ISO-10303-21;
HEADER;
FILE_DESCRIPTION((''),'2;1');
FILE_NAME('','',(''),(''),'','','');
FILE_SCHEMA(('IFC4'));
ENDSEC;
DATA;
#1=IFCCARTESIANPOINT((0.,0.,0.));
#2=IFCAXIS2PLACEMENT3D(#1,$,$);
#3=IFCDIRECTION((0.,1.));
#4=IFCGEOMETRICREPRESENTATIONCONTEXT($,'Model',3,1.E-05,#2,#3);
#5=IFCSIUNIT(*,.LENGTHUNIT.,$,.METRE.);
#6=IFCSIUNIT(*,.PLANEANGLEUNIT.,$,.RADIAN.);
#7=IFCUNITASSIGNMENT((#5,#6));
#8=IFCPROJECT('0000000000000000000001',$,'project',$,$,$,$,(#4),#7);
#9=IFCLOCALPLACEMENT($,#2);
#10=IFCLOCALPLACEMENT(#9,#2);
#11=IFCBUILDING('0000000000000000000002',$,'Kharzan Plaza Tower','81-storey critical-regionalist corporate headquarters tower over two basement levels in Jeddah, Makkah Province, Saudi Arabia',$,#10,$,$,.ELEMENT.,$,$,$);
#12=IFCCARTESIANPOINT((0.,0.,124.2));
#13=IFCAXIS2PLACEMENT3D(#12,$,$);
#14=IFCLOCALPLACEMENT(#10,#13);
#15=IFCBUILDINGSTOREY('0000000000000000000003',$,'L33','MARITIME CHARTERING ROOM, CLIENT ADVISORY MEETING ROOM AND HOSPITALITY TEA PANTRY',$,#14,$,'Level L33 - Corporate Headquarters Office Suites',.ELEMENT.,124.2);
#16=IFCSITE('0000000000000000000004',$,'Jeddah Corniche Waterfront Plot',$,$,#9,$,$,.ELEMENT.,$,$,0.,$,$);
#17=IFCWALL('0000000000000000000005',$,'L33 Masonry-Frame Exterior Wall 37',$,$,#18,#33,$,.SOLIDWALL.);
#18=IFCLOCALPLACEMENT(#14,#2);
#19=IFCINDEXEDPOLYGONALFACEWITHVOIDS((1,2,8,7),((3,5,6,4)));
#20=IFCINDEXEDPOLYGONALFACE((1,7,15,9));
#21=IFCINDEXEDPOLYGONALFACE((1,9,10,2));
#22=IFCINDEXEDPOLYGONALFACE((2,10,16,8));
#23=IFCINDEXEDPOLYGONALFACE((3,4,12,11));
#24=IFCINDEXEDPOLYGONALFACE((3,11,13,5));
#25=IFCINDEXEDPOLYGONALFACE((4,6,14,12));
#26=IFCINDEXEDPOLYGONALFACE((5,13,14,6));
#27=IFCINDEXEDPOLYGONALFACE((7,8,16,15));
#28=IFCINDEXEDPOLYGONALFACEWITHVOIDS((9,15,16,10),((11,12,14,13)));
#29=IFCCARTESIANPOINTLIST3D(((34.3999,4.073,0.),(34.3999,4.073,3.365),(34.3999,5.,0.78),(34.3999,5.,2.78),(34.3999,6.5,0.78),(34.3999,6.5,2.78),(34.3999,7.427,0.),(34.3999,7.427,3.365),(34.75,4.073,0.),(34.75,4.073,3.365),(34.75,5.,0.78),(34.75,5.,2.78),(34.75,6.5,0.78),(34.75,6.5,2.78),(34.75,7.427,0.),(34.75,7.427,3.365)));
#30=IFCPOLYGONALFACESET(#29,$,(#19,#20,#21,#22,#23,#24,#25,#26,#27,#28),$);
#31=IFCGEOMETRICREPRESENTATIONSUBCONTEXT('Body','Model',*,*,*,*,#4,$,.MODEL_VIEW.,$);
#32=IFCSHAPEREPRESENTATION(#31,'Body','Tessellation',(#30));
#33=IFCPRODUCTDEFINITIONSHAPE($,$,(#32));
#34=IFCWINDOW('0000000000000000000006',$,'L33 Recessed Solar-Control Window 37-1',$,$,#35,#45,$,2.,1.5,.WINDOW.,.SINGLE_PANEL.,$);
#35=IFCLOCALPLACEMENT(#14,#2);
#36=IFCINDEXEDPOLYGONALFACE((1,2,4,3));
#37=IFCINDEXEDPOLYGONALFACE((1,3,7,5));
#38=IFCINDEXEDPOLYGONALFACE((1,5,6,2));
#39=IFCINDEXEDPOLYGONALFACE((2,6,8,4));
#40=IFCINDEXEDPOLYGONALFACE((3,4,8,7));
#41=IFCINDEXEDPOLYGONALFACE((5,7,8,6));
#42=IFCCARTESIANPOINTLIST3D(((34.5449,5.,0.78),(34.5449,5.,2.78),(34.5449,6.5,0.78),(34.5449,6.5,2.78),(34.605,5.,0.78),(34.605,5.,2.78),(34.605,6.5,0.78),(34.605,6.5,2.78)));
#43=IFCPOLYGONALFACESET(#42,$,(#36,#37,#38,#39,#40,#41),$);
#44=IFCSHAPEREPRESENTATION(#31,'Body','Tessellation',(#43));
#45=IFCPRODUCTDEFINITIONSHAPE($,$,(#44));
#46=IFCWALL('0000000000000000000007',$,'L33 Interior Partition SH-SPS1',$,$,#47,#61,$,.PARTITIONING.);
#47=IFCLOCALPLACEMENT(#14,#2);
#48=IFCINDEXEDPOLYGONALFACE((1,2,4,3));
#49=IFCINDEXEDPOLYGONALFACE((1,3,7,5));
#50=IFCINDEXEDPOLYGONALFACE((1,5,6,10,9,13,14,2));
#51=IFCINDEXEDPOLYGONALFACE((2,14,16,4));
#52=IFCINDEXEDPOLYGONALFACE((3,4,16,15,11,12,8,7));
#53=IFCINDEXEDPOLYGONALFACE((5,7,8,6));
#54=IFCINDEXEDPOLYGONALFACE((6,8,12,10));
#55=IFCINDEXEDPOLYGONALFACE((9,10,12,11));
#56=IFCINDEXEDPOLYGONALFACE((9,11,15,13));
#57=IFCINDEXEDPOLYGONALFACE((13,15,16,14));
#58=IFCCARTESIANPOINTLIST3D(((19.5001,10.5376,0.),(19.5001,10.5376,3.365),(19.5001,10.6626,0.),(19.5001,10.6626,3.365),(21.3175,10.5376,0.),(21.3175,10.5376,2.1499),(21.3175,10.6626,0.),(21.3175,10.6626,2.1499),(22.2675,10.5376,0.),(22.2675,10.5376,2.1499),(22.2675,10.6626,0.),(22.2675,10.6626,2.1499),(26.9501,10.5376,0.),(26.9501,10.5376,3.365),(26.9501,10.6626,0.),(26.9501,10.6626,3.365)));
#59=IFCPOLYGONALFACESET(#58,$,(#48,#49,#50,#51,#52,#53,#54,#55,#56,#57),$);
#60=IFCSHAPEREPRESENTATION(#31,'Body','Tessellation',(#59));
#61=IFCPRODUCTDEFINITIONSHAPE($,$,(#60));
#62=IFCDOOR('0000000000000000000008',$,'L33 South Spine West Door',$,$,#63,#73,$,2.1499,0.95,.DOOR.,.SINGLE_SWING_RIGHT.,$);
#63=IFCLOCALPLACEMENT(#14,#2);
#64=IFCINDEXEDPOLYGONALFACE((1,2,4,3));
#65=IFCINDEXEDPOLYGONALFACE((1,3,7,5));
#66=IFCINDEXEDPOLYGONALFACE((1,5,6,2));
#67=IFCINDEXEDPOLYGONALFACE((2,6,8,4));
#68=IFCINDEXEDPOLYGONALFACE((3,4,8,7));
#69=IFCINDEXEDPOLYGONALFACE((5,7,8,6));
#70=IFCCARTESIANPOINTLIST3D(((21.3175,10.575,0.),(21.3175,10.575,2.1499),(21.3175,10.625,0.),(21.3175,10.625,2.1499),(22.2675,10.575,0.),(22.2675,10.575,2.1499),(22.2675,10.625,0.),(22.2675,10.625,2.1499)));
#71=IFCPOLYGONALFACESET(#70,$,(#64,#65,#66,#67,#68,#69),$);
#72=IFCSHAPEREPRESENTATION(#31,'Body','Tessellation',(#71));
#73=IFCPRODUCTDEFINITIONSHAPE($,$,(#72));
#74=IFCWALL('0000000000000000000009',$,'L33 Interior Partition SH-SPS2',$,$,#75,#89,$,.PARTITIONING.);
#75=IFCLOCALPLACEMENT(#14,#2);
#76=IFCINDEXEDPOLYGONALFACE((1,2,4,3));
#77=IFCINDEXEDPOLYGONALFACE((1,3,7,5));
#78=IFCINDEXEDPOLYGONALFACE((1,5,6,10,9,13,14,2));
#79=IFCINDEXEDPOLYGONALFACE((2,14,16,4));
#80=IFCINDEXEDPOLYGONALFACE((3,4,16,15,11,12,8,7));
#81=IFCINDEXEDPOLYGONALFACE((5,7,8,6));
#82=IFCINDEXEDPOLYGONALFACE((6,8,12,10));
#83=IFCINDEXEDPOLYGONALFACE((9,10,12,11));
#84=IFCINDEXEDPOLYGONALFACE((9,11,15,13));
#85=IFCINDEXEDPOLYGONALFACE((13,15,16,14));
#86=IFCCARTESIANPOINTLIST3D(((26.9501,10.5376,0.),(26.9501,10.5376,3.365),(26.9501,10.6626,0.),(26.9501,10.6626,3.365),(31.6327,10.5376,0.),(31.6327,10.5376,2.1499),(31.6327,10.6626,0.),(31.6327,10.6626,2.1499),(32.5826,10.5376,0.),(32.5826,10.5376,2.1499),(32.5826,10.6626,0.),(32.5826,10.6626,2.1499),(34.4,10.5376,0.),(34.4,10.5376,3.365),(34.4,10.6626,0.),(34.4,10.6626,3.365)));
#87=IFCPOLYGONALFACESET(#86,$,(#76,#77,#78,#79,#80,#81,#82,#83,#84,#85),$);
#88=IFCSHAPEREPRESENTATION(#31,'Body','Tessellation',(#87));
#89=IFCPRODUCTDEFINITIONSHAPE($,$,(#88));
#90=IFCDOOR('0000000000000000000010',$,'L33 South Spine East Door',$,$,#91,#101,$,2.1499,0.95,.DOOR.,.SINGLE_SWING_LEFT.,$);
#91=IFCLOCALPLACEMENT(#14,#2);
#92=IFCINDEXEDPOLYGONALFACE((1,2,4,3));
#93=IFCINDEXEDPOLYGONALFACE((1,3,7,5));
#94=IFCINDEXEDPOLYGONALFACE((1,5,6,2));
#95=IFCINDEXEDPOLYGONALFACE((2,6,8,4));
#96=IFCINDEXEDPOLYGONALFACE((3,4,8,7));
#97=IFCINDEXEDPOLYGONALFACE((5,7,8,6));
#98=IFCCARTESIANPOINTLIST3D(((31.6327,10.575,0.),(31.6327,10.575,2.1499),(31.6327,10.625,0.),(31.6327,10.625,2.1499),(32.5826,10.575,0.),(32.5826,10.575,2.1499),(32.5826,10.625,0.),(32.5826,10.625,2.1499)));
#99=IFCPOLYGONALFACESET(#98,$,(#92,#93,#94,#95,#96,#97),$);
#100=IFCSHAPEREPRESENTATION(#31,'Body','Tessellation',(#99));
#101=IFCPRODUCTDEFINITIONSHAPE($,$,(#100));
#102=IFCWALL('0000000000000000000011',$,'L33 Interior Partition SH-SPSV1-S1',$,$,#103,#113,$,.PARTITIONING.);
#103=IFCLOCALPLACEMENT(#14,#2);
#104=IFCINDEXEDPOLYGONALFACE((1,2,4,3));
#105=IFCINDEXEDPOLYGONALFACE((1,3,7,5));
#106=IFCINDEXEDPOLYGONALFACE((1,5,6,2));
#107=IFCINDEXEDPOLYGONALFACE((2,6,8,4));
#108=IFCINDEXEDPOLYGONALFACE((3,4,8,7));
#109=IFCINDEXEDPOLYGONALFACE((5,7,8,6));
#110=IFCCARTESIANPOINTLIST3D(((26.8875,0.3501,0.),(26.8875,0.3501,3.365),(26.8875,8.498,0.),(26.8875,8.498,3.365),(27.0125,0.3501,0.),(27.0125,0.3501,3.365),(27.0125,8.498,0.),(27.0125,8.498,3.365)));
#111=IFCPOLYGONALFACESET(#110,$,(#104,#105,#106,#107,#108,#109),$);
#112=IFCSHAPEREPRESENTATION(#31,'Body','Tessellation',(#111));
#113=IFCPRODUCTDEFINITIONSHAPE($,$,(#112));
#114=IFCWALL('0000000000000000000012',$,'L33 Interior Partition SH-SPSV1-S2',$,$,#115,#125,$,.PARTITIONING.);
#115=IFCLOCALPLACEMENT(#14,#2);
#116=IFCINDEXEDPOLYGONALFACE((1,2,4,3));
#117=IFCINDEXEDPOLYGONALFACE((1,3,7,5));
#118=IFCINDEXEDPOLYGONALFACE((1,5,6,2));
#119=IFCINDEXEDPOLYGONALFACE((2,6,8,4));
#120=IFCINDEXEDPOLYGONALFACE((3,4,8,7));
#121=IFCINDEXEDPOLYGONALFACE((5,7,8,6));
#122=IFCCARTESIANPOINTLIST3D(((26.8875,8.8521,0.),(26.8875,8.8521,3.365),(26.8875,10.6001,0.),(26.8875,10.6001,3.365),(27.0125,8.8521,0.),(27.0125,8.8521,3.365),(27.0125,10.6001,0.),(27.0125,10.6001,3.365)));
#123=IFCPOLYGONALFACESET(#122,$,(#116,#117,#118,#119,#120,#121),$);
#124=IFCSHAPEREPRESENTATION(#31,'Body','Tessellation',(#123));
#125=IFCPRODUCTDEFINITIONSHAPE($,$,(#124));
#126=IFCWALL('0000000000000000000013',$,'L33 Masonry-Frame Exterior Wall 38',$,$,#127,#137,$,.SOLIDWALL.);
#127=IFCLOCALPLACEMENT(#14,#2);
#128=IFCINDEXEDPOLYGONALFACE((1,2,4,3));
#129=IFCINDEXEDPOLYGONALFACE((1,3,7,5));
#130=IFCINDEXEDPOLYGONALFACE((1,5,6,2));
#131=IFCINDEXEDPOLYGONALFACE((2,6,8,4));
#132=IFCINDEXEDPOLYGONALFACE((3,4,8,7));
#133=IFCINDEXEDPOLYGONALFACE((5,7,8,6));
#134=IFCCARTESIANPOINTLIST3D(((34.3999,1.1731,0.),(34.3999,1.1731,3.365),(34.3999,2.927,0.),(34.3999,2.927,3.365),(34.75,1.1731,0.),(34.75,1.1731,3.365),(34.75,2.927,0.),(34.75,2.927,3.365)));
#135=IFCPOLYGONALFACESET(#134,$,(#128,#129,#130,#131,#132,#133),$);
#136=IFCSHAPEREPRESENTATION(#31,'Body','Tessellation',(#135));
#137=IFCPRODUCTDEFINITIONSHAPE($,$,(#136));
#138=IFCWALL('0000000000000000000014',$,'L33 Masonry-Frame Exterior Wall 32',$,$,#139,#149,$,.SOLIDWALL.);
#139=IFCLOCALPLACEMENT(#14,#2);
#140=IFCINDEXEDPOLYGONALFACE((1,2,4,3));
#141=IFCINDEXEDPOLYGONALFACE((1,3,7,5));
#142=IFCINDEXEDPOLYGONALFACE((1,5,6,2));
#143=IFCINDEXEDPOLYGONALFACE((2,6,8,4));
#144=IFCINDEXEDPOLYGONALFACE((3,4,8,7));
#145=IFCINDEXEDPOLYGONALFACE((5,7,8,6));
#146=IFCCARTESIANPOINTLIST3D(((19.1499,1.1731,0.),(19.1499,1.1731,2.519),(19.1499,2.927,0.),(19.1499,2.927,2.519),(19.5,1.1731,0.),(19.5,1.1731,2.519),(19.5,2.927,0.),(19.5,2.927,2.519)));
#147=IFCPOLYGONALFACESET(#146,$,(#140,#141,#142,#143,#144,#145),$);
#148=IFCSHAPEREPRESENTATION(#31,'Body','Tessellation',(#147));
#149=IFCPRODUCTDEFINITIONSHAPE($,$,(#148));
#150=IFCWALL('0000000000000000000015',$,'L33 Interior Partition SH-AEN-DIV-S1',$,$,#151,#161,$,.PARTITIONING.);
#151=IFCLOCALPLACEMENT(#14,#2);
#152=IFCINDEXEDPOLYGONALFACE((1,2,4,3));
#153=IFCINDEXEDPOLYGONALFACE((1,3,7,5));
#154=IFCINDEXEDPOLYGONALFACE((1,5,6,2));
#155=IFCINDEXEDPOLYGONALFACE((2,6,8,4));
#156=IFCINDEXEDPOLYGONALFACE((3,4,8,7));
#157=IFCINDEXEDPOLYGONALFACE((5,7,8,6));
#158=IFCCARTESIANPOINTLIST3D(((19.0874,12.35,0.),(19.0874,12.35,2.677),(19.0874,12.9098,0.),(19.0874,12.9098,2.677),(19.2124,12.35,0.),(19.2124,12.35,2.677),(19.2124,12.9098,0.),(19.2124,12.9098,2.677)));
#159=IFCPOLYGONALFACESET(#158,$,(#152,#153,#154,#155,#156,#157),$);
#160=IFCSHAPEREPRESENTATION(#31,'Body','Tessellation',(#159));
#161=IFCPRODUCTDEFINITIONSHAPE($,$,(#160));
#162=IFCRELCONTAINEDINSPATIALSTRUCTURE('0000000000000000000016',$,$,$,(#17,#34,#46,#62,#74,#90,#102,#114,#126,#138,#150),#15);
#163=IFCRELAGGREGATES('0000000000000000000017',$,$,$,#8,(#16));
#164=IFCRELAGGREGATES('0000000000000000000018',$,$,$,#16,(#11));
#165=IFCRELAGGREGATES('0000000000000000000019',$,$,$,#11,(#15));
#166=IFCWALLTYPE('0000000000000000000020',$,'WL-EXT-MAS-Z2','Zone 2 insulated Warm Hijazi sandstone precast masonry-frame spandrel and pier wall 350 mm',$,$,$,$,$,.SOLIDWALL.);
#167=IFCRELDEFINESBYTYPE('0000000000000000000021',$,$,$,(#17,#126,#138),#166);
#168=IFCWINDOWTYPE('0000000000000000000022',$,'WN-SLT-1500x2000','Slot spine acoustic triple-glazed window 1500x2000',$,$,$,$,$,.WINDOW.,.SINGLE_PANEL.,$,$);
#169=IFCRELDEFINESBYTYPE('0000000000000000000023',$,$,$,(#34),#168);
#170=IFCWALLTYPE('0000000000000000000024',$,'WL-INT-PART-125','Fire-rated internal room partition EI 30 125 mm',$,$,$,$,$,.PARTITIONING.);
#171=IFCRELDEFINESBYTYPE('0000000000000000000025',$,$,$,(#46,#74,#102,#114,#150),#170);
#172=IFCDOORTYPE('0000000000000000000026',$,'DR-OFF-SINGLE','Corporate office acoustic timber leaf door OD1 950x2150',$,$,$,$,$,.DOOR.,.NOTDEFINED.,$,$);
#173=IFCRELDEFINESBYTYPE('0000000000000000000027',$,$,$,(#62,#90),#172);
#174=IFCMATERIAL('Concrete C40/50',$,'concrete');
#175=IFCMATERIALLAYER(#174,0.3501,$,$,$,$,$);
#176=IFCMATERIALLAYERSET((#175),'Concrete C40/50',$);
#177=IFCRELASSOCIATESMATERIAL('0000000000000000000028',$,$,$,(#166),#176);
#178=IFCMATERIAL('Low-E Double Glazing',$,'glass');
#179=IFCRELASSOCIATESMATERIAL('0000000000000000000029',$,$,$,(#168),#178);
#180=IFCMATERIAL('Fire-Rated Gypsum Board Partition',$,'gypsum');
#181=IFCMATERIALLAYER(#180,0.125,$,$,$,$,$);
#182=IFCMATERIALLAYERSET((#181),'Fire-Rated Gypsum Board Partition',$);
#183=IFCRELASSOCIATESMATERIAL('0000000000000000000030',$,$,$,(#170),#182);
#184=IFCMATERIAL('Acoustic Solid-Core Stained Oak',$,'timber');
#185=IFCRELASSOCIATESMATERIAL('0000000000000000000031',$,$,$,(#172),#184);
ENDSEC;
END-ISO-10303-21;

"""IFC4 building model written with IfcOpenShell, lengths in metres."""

from ifc_helpers import new_model, si_unit, direction, frame, frame_2d, origin, place, context, subcontext, project, spatial, rectangle, extrude, source, transform, mapped, material, layer, layer_set, type_object, element, fill, save


model = new_model("IFC4")

# Units and contexts
model_context = context("Model", 3, precision=1e-05, world=origin(), true_north=direction((0.0, 1.0)))
body_context = subcontext(model_context, "Body", "Model", "MODEL_VIEW")
ifc_project = project(units=[si_unit("LENGTHUNIT", "METRE"), si_unit("PLANEANGLEUNIT", "RADIAN")], contexts=[model_context])

# Site, building, storey
site_placement = place(None, origin())
site = spatial("IfcSite", under=ifc_project, at=site_placement, Name="Jeddah Corniche Waterfront Plot", CompositionType="ELEMENT", RefElevation=0.0)
building_placement = place(site_placement, origin())
building = spatial("IfcBuilding", under=site, at=building_placement, Name="Kharzan Plaza Tower", Description="81-storey critical-regionalist corporate headquarters tower over two basement levels in Jeddah, Makkah Province, Saudi Arabia", CompositionType="ELEMENT")
storey_placement = place(building_placement, frame((0.0, 0.0, 124.2)))
storey = spatial("IfcBuildingStorey", under=building, at=storey_placement, Name="L33", Description="MARITIME CHARTERING ROOM, CLIENT ADVISORY MEETING ROOM AND HOSPITALITY TEA PANTRY", LongName="Level L33 - Corporate Headquarters Office Suites", CompositionType="ELEMENT", Elevation=124.2)

# Shared definitions
ifc_material_1 = material(Name="Concrete C40/50", Category="concrete")
ifc_layer_1 = layer(ifc_material_1, 0.3501)
ifc_layer_set_1 = layer_set([ifc_layer_1], Name="Concrete C40/50")
wall_type_1 = type_object("IfcWallType", Name="WL-EXT-MAS-Z2", Description="Zone 2 insulated Warm Hijazi sandstone precast masonry-frame spandrel and pier wall 350 mm", PredefinedType="SOLIDWALL", material=ifc_layer_set_1)
ifc_material_2 = material(Name="Low-E Double Glazing", Category="glass")
window_type = type_object("IfcWindowType", Name="WN-SLT-1500x2000", Description="Slot spine acoustic triple-glazed window 1500x2000", PartitioningType="SINGLE_PANEL", PredefinedType="WINDOW", material=ifc_material_2)
shared_shape_1 = source(origin(), body_context, "Body", "SweptSolid", [
    extrude(rectangle(XDim=1.5, YDim=2.0, at=frame_2d((0.75, 1.0))), frame((0.0, 0.03, 0.0), z_axis=(0.0, -1.0, 0.0), x_axis=(1.0, 0.0, 0.0)), (0.0, 0.0, 1.0), 0.0601),
])

# Wall, opening, window
wall_1_placement = place(storey_placement, frame((34.575, 7.427, 0.0), z_axis=(0.0, 0.0, 1.0), x_axis=(0.0, -1.0, 0.0)))
wall_1 = element("IfcWall", 1, at=wall_1_placement, inside=storey, type_object=wall_type_1, Name="L33 Masonry-Frame Exterior Wall 37", PredefinedType="SOLIDWALL", context=body_context, shape_type="SweptSolid", body=[
    extrude(rectangle(XDim=3.354, YDim=0.3501, at=frame_2d((1.677, 0.0))), origin(), (0.0, 0.0, 1.0), 3.365),
])
opening_1_placement = place(wall_1_placement, frame((0.927, 0.0, 0.78)))
opening_1 = element("IfcOpeningElement", 2, at=opening_1_placement, cuts=wall_1, PredefinedType="OPENING", context=body_context, shape_type="SweptSolid", body=[
    extrude(rectangle(XDim=1.5, YDim=2.0, at=frame_2d((0.75, 1.0))), frame((0.0, 0.1851, 0.0), z_axis=(0.0, -1.0, 0.0), x_axis=(1.0, 0.0, 0.0)), (0.0, 0.0, 1.0), 0.3701),
])
window_1_placement = place(opening_1_placement, origin())
window_1 = element("IfcWindow", 3, at=window_1_placement, inside=storey, type_object=window_type, Name="L33 Recessed Solar-Control Window 37-1", OverallHeight=2.0, OverallWidth=1.5, PartitioningType="SINGLE_PANEL", PredefinedType="WINDOW", context=body_context, shape_type="MappedRepresentation", body=[
    mapped(shared_shape_1, transform((0.0, 0.0, 0.0), x_axis=(1.0, 0.0, 0.0), y_axis=(0.0, 1.0, 0.0), z_axis=(0.0, 0.0, 1.0))),
])
fill(opening_1, window_1)

# Walls, openings, doors
ifc_material_3 = material(Name="Fire-Rated Gypsum Board Partition", Category="gypsum")
ifc_layer_2 = layer(ifc_material_3, 0.125)
ifc_layer_set_2 = layer_set([ifc_layer_2], Name="Fire-Rated Gypsum Board Partition")
wall_type_2 = type_object("IfcWallType", Name="WL-INT-PART-125", Description="Fire-rated internal room partition EI 30 125 mm", PredefinedType="PARTITIONING", material=ifc_layer_set_2)
wall_2_placement = place(storey_placement, frame((19.5, 10.6001, 0.0), z_axis=(0.0, 0.0, 1.0), x_axis=(1.0, 0.0, 0.0)))
wall_2 = element("IfcWall", 4, at=wall_2_placement, inside=storey, type_object=wall_type_2, Name="L33 Interior Partition SH-SPS1", PredefinedType="PARTITIONING", context=body_context, shape_type="SweptSolid", body=[
    extrude(rectangle(XDim=7.45, YDim=0.125, at=frame_2d((3.7251, 0.0))), origin(), (0.0, 0.0, 1.0), 3.365),
])
opening_2_placement = place(wall_2_placement, frame((1.8174, 0.0, 0.0)))
opening_2 = element("IfcOpeningElement", 5, at=opening_2_placement, cuts=wall_2, PredefinedType="OPENING", context=body_context, shape_type="SweptSolid", body=[
    extrude(rectangle(XDim=0.95, YDim=2.1499, at=frame_2d((0.4751, 1.075))), frame((0.0, 0.0725, 0.0), z_axis=(0.0, -1.0, 0.0), x_axis=(1.0, 0.0, 0.0)), (0.0, 0.0, 1.0), 0.145),
])
ifc_material_4 = material(Name="Acoustic Solid-Core Stained Oak", Category="timber")
door_type = type_object("IfcDoorType", Name="DR-OFF-SINGLE", Description="Corporate office acoustic timber leaf door OD1 950x2150", OperationType="NOTDEFINED", PredefinedType="DOOR", material=ifc_material_4)
shared_shape_2 = source(origin(), body_context, "Body", "SweptSolid", [
    extrude(rectangle(XDim=0.95, YDim=2.1499, at=frame_2d((0.4751, 1.075))), frame((0.0, 0.0249, 0.0), z_axis=(0.0, -1.0, 0.0), x_axis=(1.0, 0.0, 0.0)), (0.0, 0.0, 1.0), 0.05),
])
door_1_placement = place(opening_2_placement, origin())
door_1 = element("IfcDoor", 6, at=door_1_placement, inside=storey, type_object=door_type, Name="L33 South Spine West Door", OperationType="SINGLE_SWING_RIGHT", OverallHeight=2.1499, OverallWidth=0.95, PredefinedType="DOOR", context=body_context, shape_type="MappedRepresentation", body=[
    mapped(shared_shape_2, transform((0.0, 0.0, 0.0), x_axis=(1.0, 0.0, 0.0), y_axis=(0.0, 1.0, 0.0), z_axis=(0.0, 0.0, 1.0))),
])
fill(opening_2, door_1)
wall_3_placement = place(storey_placement, frame((26.95, 10.6001, 0.0), z_axis=(0.0, 0.0, 1.0), x_axis=(1.0, 0.0, 0.0)))
wall_3 = element("IfcWall", 7, at=wall_3_placement, inside=storey, type_object=wall_type_2, Name="L33 Interior Partition SH-SPS2", PredefinedType="PARTITIONING", context=body_context, shape_type="SweptSolid", body=[
    extrude(rectangle(XDim=7.45, YDim=0.125, at=frame_2d((3.7251, 0.0))), origin(), (0.0, 0.0, 1.0), 3.365),
])
opening_3_placement = place(wall_3_placement, frame((4.6826, 0.0, 0.0)))
opening_3 = element("IfcOpeningElement", 8, at=opening_3_placement, cuts=wall_3, PredefinedType="OPENING", context=body_context, shape_type="SweptSolid", body=[
    extrude(rectangle(XDim=0.95, YDim=2.1499, at=frame_2d((0.4751, 1.075))), frame((0.0, 0.0725, 0.0), z_axis=(0.0, -1.0, 0.0), x_axis=(1.0, 0.0, 0.0)), (0.0, 0.0, 1.0), 0.145),
])
door_2_placement = place(opening_3_placement, origin())
door_2 = element("IfcDoor", 9, at=door_2_placement, inside=storey, type_object=door_type, Name="L33 South Spine East Door", OperationType="SINGLE_SWING_LEFT", OverallHeight=2.1499, OverallWidth=0.95, PredefinedType="DOOR", context=body_context, shape_type="MappedRepresentation", body=[
    mapped(shared_shape_2, transform((0.0, 0.0, 0.0), x_axis=(1.0, 0.0, 0.0), y_axis=(0.0, 1.0, 0.0), z_axis=(0.0, 0.0, 1.0))),
])
fill(opening_3, door_2)

# Walls
shared_shape_3 = source(origin(), body_context, "Body", "SweptSolid", [
    extrude(rectangle(XDim=8.1479, YDim=0.125, at=frame_2d((4.074, 0.0))), origin(), (0.0, 0.0, 1.0), 3.365),
])
wall_4_placement = place(storey_placement, frame((26.95, 0.3501, 0.0), z_axis=(0.0, 0.0, 1.0), x_axis=(0.0, 1.0, 0.0)))
element("IfcWall", 10, at=wall_4_placement, inside=storey, type_object=wall_type_2, Name="L33 Interior Partition SH-SPSV1-S1", PredefinedType="PARTITIONING", context=body_context, shape_type="MappedRepresentation", body=[
    mapped(shared_shape_3, transform((0.0, 0.0, 0.0), x_axis=(1.0, 0.0, 0.0), y_axis=(0.0, 1.0, 0.0), z_axis=(0.0, 0.0, 1.0))),
])
shared_shape_4 = source(origin(), body_context, "Body", "SweptSolid", [
    extrude(rectangle(XDim=1.748, YDim=0.125, at=frame_2d((0.874, 0.0))), origin(), (0.0, 0.0, 1.0), 3.365),
])
wall_5_placement = place(storey_placement, frame((26.95, 8.8521, 0.0), z_axis=(0.0, 0.0, 1.0), x_axis=(0.0, 1.0, 0.0)))
element("IfcWall", 11, at=wall_5_placement, inside=storey, type_object=wall_type_2, Name="L33 Interior Partition SH-SPSV1-S2", PredefinedType="PARTITIONING", context=body_context, shape_type="MappedRepresentation", body=[
    mapped(shared_shape_4, transform((0.0, 0.0, 0.0), x_axis=(1.0, 0.0, 0.0), y_axis=(0.0, 1.0, 0.0), z_axis=(0.0, 0.0, 1.0))),
])
shared_shape_5 = source(origin(), body_context, "Body", "SweptSolid", [
    extrude(rectangle(XDim=1.7539, YDim=0.3501, at=frame_2d((0.877, 0.0))), origin(), (0.0, 0.0, 1.0), 3.365),
])
wall_6_placement = place(storey_placement, frame((34.575, 2.927, 0.0), z_axis=(0.0, 0.0, 1.0), x_axis=(0.0, -1.0, 0.0)))
element("IfcWall", 12, at=wall_6_placement, inside=storey, type_object=wall_type_1, Name="L33 Masonry-Frame Exterior Wall 38", PredefinedType="SOLIDWALL", context=body_context, shape_type="MappedRepresentation", body=[
    mapped(shared_shape_5, transform((0.0, 0.0, 0.0), x_axis=(1.0, 0.0, 0.0), y_axis=(0.0, 1.0, 0.0), z_axis=(0.0, 0.0, 1.0))),
])
shared_shape_6 = source(origin(), body_context, "Body", "SweptSolid", [
    extrude(rectangle(XDim=1.7539, YDim=0.3501, at=frame_2d((0.877, 0.0))), origin(), (0.0, 0.0, 1.0), 2.519),
])
wall_7_placement = place(storey_placement, frame((19.325, 1.1731, 0.0), z_axis=(0.0, 0.0, 1.0), x_axis=(0.0, 1.0, 0.0)))
element("IfcWall", 13, at=wall_7_placement, inside=storey, type_object=wall_type_1, Name="L33 Masonry-Frame Exterior Wall 32", PredefinedType="SOLIDWALL", context=body_context, shape_type="MappedRepresentation", body=[
    mapped(shared_shape_6, transform((0.0, 0.0, 0.0), x_axis=(1.0, 0.0, 0.0), y_axis=(0.0, 1.0, 0.0), z_axis=(0.0, 0.0, 1.0))),
])
shared_shape_7 = source(origin(), body_context, "Body", "SweptSolid", [
    extrude(rectangle(XDim=0.5598, YDim=0.125, at=frame_2d((0.2798, 0.0))), origin(), (0.0, 0.0, 1.0), 2.677),
])
wall_8_placement = place(storey_placement, frame((19.1499, 12.3501, 0.0), z_axis=(0.0, 0.0, 1.0), x_axis=(0.0, 1.0, 0.0)))
element("IfcWall", 14, at=wall_8_placement, inside=storey, type_object=wall_type_2, Name="L33 Interior Partition SH-AEN-DIV-S1", PredefinedType="PARTITIONING", context=body_context, shape_type="MappedRepresentation", body=[
    mapped(shared_shape_7, transform((0.0, 0.0, 0.0), x_axis=(1.0, 0.0, 0.0), y_axis=(0.0, 1.0, 0.0), z_axis=(0.0, 0.0, 1.0))),
])

save(model, "model.ifc")
